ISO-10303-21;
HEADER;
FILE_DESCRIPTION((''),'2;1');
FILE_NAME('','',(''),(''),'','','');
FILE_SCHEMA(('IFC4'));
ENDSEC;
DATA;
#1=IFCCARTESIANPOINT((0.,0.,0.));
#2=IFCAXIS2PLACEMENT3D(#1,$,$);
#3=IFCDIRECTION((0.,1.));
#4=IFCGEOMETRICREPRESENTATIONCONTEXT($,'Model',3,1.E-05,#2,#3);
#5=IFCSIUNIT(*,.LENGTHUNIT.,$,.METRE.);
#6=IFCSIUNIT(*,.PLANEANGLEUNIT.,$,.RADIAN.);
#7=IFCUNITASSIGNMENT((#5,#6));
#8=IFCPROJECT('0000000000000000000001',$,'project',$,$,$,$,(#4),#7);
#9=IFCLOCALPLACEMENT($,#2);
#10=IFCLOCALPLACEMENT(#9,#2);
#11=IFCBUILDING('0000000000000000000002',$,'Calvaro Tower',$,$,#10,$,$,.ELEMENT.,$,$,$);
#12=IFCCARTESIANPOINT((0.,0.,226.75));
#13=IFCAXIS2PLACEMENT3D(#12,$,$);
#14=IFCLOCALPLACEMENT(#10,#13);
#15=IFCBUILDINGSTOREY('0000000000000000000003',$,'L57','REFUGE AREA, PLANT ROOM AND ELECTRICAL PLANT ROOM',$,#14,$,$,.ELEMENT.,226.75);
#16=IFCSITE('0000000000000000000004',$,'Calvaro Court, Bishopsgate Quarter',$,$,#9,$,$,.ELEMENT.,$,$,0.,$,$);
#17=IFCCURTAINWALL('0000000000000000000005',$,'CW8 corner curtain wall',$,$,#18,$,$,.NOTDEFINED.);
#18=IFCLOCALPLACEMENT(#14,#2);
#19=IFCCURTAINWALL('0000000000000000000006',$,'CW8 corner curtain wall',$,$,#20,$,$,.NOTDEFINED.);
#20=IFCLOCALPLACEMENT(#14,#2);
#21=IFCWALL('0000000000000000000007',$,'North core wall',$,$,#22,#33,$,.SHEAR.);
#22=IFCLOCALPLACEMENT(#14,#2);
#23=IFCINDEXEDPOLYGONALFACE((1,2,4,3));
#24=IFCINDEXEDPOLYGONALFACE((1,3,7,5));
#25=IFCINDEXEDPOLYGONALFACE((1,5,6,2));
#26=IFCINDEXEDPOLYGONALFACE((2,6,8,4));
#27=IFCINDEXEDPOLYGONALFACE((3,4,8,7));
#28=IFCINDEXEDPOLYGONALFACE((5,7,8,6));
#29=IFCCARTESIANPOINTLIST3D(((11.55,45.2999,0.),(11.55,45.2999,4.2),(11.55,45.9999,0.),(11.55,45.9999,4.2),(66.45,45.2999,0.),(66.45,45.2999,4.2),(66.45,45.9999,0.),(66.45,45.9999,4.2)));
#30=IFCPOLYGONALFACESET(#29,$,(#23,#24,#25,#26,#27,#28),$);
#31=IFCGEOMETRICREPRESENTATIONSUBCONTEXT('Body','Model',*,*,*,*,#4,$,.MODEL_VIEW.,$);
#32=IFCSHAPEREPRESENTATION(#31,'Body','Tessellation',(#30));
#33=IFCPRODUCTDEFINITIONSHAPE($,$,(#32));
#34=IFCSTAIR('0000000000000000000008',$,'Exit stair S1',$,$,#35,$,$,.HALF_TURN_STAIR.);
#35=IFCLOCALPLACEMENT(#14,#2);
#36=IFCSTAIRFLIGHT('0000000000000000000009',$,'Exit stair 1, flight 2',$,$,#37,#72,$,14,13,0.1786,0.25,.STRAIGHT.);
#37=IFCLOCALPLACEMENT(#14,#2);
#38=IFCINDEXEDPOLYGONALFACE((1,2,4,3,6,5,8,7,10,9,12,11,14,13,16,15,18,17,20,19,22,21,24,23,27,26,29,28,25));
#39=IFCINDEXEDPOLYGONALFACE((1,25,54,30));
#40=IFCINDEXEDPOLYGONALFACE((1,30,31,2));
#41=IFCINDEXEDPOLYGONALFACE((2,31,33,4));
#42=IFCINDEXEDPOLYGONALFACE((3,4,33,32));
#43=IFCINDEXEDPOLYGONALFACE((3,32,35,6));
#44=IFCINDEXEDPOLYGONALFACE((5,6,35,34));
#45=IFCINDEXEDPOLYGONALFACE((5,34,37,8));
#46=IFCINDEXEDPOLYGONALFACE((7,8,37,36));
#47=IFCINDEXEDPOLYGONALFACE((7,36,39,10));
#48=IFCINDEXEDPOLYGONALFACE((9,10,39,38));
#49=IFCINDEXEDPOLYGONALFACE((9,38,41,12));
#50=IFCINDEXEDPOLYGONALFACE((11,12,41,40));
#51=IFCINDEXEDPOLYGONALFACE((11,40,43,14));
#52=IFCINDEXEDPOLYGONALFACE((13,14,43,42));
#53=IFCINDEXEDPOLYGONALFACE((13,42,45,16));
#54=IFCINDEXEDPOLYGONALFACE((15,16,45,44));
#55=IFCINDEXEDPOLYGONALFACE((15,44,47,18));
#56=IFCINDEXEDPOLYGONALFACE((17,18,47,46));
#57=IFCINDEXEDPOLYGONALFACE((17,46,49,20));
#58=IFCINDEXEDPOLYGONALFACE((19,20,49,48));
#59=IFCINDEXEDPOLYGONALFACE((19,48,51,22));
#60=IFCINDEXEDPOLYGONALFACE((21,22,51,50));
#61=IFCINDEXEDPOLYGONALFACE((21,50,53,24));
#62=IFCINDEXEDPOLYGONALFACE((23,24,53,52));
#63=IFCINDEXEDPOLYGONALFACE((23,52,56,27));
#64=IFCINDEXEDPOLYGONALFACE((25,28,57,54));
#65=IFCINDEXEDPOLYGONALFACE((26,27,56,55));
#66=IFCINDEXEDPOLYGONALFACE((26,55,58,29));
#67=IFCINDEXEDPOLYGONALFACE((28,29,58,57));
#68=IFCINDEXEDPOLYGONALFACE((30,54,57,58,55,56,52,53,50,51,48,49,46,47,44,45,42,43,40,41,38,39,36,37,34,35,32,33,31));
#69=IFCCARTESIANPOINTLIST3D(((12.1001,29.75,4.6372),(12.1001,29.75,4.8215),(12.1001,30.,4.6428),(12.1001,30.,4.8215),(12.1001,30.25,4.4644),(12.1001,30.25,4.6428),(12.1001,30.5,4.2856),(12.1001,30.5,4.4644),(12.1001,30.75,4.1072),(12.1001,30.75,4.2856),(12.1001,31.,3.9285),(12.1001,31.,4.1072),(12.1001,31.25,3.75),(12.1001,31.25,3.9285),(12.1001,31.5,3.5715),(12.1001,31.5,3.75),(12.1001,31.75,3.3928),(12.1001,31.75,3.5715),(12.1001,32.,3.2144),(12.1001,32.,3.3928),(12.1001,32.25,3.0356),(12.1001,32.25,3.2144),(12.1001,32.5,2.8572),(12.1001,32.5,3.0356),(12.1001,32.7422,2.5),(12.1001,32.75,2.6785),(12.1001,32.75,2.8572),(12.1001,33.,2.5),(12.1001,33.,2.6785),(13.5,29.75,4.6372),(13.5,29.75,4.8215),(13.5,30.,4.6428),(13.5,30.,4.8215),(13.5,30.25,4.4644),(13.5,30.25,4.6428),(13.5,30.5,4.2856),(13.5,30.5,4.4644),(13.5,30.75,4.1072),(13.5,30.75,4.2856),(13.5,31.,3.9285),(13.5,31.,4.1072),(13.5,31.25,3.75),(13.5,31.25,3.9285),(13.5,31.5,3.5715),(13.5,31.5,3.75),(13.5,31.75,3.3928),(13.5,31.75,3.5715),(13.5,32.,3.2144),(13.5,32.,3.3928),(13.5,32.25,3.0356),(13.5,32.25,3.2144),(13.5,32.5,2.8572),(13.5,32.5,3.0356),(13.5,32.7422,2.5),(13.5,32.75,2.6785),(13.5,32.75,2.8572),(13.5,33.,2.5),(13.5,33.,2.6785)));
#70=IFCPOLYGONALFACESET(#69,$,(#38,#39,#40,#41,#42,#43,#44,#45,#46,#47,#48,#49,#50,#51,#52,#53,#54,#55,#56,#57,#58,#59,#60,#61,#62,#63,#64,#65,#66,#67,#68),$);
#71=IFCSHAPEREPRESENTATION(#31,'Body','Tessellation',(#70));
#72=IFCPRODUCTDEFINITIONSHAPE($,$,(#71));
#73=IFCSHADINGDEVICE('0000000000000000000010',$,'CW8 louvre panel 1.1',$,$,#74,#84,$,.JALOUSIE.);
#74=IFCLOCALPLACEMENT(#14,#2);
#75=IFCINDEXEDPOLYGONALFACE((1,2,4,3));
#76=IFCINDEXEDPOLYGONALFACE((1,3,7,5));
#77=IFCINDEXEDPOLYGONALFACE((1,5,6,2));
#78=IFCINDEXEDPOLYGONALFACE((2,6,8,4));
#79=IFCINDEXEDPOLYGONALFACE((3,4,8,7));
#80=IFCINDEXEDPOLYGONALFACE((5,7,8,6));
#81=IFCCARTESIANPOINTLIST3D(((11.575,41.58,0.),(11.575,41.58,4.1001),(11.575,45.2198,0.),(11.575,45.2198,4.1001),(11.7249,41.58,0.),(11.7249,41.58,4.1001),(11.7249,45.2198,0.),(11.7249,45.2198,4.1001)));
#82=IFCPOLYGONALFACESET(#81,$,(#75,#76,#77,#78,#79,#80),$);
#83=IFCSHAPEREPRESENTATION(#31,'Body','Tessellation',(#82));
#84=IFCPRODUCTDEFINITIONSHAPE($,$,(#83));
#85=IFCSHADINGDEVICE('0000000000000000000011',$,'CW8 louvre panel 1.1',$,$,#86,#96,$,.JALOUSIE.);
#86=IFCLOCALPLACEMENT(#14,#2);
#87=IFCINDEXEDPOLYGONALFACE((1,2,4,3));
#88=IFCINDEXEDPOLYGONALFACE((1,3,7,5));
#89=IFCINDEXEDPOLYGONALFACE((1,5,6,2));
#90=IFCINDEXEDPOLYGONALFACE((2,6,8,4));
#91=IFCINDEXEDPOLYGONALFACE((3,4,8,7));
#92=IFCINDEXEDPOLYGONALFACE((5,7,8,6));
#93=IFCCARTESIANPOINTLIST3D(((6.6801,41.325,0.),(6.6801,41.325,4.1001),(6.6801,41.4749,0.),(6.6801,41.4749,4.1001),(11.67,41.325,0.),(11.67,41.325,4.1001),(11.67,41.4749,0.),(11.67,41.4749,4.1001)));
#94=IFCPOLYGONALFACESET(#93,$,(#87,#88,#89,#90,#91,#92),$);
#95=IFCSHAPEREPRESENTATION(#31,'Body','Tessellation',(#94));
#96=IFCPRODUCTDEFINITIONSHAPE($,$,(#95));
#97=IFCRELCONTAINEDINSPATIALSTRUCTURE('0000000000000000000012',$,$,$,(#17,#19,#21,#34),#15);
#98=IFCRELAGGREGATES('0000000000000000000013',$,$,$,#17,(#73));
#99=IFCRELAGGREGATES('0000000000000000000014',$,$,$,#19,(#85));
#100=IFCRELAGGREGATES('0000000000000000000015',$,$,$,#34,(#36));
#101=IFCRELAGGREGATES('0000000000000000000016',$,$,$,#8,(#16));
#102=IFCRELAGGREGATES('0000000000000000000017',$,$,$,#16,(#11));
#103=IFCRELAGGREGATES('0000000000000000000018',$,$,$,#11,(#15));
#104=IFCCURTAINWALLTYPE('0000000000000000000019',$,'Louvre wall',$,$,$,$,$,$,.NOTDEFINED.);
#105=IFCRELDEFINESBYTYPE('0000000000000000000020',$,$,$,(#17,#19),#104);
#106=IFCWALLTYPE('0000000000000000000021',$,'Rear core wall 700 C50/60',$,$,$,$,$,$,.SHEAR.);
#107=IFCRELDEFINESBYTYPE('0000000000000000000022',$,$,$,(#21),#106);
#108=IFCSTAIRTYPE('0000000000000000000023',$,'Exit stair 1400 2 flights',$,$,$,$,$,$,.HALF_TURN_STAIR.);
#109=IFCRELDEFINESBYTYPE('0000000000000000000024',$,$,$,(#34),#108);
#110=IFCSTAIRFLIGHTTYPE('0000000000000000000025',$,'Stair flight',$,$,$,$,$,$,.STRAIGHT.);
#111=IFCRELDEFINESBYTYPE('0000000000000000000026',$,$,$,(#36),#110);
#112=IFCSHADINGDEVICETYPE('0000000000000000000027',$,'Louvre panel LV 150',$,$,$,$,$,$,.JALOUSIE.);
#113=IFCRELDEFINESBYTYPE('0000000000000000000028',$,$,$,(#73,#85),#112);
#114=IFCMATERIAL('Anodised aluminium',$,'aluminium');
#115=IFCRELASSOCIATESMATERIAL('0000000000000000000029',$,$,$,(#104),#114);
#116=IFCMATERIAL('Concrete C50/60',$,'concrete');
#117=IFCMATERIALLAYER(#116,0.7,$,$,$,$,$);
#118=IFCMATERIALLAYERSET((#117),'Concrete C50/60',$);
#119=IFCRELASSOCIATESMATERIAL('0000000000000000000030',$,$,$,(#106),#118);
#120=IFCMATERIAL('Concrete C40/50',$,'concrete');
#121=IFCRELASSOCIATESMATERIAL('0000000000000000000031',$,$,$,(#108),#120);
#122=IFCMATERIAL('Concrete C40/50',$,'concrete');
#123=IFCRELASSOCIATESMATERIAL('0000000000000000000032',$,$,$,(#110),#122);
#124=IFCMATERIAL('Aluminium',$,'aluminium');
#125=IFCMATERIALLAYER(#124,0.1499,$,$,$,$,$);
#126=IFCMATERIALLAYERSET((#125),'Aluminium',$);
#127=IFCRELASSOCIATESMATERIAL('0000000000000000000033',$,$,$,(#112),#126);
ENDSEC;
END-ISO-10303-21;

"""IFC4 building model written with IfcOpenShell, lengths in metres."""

from ifc_helpers import new_model, si_unit, direction, frame, frame_2d, origin, origin_2d, place, context, subcontext, project, spatial, polyline, rectangle, outline, extrude, material, layer, layer_set, type_object, element, aggregate, save


model = new_model("IFC4")

# Units and contexts
model_context = context("Model", 3, precision=1e-05, world=origin(), true_north=direction((0.0, 1.0)))
body_context = subcontext(model_context, "Body", "Model", "MODEL_VIEW")
ifc_project = project(units=[si_unit("LENGTHUNIT", "METRE"), si_unit("PLANEANGLEUNIT", "RADIAN")], contexts=[model_context])

# Site, building, storey
site_placement = place(None, origin())
site = spatial("IfcSite", under=ifc_project, at=site_placement, Name="Calvaro Court, Bishopsgate Quarter", CompositionType="ELEMENT", RefElevation=0.0)
building_placement = place(site_placement, origin())
building = spatial("IfcBuilding", under=site, at=building_placement, Name="Calvaro Tower", CompositionType="ELEMENT")
storey_placement = place(building_placement, frame((0.0, 0.0, 226.75)))
storey = spatial("IfcBuildingStorey", under=building, at=storey_placement, Name="L57", Description="REFUGE AREA, PLANT ROOM AND ELECTRICAL PLANT ROOM", CompositionType="ELEMENT", Elevation=226.75)

# Curtain walls
ifc_material_1 = material(Name="Anodised aluminium", Category="aluminium")
curtain_wall_type = type_object("IfcCurtainWallType", Name="Louvre wall", PredefinedType="NOTDEFINED", material=ifc_material_1)
curtain_wall_1_placement = place(storey_placement, origin())
curtain_wall_1 = element("IfcCurtainWall", 1, at=curtain_wall_1_placement, inside=storey, type_object=curtain_wall_type, Name="CW8 corner curtain wall", PredefinedType="NOTDEFINED")
curtain_wall_2_placement = place(storey_placement, origin())
curtain_wall_2 = element("IfcCurtainWall", 2, at=curtain_wall_2_placement, inside=storey, type_object=curtain_wall_type, Name="CW8 corner curtain wall", PredefinedType="NOTDEFINED")

# Wall
ifc_material_2 = material(Name="Concrete C50/60", Category="concrete")
ifc_layer_1 = layer(ifc_material_2, 0.7)
ifc_layer_set_1 = layer_set([ifc_layer_1], Name="Concrete C50/60")
wall_type_1 = type_object("IfcWallType", Name="Rear core wall 700 C50/60", PredefinedType="SHEAR", material=ifc_layer_set_1)
wall_1_placement = place(storey_placement, frame((11.55, 45.6499, 0.0), z_axis=(0.0, 0.0, 1.0), x_axis=(1.0, 0.0, 0.0)))
element("IfcWall", 3, at=wall_1_placement, inside=storey, type_object=wall_type_1, Name="North core wall", PredefinedType="SHEAR", context=body_context, shape_type="SweptSolid", body=[
    extrude(rectangle(XDim=54.8999, YDim=0.7, at=frame_2d((27.45, 0.0))), origin(), (0.0, 0.0, 1.0), 4.2),
])

# Stair, stair flight
ifc_material_3 = material(Name="Concrete C40/50", Category="concrete")
stair_type = type_object("IfcStairType", Name="Exit stair 1400 2 flights", PredefinedType="HALF_TURN_STAIR", material=ifc_material_3)
stair_placement = place(storey_placement, origin())
stair = element("IfcStair", 4, at=stair_placement, inside=storey, type_object=stair_type, Name="Exit stair S1", PredefinedType="HALF_TURN_STAIR")
ifc_material_4 = material(Name="Concrete C40/50", Category="concrete")
stair_flight_type = type_object("IfcStairFlightType", Name="Stair flight", PredefinedType="STRAIGHT", material=ifc_material_4)
stair_flight_placement = place(storey_placement, frame((12.8, 33.0, 2.5), z_axis=(0.0, 0.0, 1.0), x_axis=(0.0, -1.0, 0.0)))
stair_flight = element("IfcStairFlight", 5, at=stair_flight_placement, type_object=stair_flight_type, Name="Exit stair 1, flight 2", NumberOfRisers=14, NumberOfTreads=13, PredefinedType="STRAIGHT", RiserHeight=0.1786, TreadLength=0.25, context=body_context, shape_type="SweptSolid", body=[
    extrude(outline(polyline([(0.0, 0.0), (0.0, 0.1785), (0.25, 0.1785), (0.25, 0.3572), (0.5, 0.3572), (0.5, 0.5356), (0.75, 0.5356), (0.75, 0.7144), (1.0, 0.7144), (1.0, 0.8928), (1.25, 0.8928), (1.25, 1.0715), (1.5, 1.0715), (1.5, 1.25), (1.75, 1.25), (1.75, 1.4285), (2.0, 1.4285), (2.0, 1.6072), (2.25, 1.6072), (2.25, 1.7856), (2.5, 1.7856), (2.5, 1.9644), (2.75, 1.9644), (2.75, 2.1428), (3.0, 2.1428), (3.0, 2.3215), (3.25, 2.3215), (3.25, 2.5), (3.25, 2.1372), (0.2578, 0.0), (0.0, 0.0)])), frame((0.0, 0.7, 0.0), z_axis=(0.0, -1.0, 0.0), x_axis=(1.0, 0.0, 0.0)), (0.0, 0.0, 1.0), 1.3999),
])

# Shading devices
ifc_material_5 = material(Name="Aluminium", Category="aluminium")
ifc_layer_2 = layer(ifc_material_5, 0.1499)
ifc_layer_set_2 = layer_set([ifc_layer_2], Name="Aluminium")
shading_device_type = type_object("IfcShadingDeviceType", Name="Louvre panel LV 150", PredefinedType="JALOUSIE", material=ifc_layer_set_2)
shading_device_1_placement = place(storey_placement, frame((11.6499, 43.3999, 0.0), z_axis=(0.0, 0.0, 1.0), x_axis=(0.0, 1.0, 0.0)))
shading_device_1 = element("IfcShadingDevice", 6, at=shading_device_1_placement, type_object=shading_device_type, Name="CW8 louvre panel 1.1", PredefinedType="JALOUSIE", context=body_context, shape_type="SweptSolid", body=[
    extrude(rectangle(XDim=3.6399, YDim=0.1499, at=origin_2d()), origin(), (0.0, 0.0, 1.0), 4.1001),
])
aggregate(curtain_wall_1, [shading_device_1])
shading_device_2_placement = place(storey_placement, frame((9.175, 41.3999, 0.0), z_axis=(0.0, 0.0, 1.0), x_axis=(1.0, 0.0, 0.0)))
shading_device_2 = element("IfcShadingDevice", 7, at=shading_device_2_placement, type_object=shading_device_type, Name="CW8 louvre panel 1.1", PredefinedType="JALOUSIE", context=body_context, shape_type="SweptSolid", body=[
    extrude(rectangle(XDim=4.99, YDim=0.1499, at=origin_2d()), origin(), (0.0, 0.0, 1.0), 4.1001),
])
aggregate(curtain_wall_2, [shading_device_2])

aggregate(stair, [stair_flight])

save(model, "model.ifc")
